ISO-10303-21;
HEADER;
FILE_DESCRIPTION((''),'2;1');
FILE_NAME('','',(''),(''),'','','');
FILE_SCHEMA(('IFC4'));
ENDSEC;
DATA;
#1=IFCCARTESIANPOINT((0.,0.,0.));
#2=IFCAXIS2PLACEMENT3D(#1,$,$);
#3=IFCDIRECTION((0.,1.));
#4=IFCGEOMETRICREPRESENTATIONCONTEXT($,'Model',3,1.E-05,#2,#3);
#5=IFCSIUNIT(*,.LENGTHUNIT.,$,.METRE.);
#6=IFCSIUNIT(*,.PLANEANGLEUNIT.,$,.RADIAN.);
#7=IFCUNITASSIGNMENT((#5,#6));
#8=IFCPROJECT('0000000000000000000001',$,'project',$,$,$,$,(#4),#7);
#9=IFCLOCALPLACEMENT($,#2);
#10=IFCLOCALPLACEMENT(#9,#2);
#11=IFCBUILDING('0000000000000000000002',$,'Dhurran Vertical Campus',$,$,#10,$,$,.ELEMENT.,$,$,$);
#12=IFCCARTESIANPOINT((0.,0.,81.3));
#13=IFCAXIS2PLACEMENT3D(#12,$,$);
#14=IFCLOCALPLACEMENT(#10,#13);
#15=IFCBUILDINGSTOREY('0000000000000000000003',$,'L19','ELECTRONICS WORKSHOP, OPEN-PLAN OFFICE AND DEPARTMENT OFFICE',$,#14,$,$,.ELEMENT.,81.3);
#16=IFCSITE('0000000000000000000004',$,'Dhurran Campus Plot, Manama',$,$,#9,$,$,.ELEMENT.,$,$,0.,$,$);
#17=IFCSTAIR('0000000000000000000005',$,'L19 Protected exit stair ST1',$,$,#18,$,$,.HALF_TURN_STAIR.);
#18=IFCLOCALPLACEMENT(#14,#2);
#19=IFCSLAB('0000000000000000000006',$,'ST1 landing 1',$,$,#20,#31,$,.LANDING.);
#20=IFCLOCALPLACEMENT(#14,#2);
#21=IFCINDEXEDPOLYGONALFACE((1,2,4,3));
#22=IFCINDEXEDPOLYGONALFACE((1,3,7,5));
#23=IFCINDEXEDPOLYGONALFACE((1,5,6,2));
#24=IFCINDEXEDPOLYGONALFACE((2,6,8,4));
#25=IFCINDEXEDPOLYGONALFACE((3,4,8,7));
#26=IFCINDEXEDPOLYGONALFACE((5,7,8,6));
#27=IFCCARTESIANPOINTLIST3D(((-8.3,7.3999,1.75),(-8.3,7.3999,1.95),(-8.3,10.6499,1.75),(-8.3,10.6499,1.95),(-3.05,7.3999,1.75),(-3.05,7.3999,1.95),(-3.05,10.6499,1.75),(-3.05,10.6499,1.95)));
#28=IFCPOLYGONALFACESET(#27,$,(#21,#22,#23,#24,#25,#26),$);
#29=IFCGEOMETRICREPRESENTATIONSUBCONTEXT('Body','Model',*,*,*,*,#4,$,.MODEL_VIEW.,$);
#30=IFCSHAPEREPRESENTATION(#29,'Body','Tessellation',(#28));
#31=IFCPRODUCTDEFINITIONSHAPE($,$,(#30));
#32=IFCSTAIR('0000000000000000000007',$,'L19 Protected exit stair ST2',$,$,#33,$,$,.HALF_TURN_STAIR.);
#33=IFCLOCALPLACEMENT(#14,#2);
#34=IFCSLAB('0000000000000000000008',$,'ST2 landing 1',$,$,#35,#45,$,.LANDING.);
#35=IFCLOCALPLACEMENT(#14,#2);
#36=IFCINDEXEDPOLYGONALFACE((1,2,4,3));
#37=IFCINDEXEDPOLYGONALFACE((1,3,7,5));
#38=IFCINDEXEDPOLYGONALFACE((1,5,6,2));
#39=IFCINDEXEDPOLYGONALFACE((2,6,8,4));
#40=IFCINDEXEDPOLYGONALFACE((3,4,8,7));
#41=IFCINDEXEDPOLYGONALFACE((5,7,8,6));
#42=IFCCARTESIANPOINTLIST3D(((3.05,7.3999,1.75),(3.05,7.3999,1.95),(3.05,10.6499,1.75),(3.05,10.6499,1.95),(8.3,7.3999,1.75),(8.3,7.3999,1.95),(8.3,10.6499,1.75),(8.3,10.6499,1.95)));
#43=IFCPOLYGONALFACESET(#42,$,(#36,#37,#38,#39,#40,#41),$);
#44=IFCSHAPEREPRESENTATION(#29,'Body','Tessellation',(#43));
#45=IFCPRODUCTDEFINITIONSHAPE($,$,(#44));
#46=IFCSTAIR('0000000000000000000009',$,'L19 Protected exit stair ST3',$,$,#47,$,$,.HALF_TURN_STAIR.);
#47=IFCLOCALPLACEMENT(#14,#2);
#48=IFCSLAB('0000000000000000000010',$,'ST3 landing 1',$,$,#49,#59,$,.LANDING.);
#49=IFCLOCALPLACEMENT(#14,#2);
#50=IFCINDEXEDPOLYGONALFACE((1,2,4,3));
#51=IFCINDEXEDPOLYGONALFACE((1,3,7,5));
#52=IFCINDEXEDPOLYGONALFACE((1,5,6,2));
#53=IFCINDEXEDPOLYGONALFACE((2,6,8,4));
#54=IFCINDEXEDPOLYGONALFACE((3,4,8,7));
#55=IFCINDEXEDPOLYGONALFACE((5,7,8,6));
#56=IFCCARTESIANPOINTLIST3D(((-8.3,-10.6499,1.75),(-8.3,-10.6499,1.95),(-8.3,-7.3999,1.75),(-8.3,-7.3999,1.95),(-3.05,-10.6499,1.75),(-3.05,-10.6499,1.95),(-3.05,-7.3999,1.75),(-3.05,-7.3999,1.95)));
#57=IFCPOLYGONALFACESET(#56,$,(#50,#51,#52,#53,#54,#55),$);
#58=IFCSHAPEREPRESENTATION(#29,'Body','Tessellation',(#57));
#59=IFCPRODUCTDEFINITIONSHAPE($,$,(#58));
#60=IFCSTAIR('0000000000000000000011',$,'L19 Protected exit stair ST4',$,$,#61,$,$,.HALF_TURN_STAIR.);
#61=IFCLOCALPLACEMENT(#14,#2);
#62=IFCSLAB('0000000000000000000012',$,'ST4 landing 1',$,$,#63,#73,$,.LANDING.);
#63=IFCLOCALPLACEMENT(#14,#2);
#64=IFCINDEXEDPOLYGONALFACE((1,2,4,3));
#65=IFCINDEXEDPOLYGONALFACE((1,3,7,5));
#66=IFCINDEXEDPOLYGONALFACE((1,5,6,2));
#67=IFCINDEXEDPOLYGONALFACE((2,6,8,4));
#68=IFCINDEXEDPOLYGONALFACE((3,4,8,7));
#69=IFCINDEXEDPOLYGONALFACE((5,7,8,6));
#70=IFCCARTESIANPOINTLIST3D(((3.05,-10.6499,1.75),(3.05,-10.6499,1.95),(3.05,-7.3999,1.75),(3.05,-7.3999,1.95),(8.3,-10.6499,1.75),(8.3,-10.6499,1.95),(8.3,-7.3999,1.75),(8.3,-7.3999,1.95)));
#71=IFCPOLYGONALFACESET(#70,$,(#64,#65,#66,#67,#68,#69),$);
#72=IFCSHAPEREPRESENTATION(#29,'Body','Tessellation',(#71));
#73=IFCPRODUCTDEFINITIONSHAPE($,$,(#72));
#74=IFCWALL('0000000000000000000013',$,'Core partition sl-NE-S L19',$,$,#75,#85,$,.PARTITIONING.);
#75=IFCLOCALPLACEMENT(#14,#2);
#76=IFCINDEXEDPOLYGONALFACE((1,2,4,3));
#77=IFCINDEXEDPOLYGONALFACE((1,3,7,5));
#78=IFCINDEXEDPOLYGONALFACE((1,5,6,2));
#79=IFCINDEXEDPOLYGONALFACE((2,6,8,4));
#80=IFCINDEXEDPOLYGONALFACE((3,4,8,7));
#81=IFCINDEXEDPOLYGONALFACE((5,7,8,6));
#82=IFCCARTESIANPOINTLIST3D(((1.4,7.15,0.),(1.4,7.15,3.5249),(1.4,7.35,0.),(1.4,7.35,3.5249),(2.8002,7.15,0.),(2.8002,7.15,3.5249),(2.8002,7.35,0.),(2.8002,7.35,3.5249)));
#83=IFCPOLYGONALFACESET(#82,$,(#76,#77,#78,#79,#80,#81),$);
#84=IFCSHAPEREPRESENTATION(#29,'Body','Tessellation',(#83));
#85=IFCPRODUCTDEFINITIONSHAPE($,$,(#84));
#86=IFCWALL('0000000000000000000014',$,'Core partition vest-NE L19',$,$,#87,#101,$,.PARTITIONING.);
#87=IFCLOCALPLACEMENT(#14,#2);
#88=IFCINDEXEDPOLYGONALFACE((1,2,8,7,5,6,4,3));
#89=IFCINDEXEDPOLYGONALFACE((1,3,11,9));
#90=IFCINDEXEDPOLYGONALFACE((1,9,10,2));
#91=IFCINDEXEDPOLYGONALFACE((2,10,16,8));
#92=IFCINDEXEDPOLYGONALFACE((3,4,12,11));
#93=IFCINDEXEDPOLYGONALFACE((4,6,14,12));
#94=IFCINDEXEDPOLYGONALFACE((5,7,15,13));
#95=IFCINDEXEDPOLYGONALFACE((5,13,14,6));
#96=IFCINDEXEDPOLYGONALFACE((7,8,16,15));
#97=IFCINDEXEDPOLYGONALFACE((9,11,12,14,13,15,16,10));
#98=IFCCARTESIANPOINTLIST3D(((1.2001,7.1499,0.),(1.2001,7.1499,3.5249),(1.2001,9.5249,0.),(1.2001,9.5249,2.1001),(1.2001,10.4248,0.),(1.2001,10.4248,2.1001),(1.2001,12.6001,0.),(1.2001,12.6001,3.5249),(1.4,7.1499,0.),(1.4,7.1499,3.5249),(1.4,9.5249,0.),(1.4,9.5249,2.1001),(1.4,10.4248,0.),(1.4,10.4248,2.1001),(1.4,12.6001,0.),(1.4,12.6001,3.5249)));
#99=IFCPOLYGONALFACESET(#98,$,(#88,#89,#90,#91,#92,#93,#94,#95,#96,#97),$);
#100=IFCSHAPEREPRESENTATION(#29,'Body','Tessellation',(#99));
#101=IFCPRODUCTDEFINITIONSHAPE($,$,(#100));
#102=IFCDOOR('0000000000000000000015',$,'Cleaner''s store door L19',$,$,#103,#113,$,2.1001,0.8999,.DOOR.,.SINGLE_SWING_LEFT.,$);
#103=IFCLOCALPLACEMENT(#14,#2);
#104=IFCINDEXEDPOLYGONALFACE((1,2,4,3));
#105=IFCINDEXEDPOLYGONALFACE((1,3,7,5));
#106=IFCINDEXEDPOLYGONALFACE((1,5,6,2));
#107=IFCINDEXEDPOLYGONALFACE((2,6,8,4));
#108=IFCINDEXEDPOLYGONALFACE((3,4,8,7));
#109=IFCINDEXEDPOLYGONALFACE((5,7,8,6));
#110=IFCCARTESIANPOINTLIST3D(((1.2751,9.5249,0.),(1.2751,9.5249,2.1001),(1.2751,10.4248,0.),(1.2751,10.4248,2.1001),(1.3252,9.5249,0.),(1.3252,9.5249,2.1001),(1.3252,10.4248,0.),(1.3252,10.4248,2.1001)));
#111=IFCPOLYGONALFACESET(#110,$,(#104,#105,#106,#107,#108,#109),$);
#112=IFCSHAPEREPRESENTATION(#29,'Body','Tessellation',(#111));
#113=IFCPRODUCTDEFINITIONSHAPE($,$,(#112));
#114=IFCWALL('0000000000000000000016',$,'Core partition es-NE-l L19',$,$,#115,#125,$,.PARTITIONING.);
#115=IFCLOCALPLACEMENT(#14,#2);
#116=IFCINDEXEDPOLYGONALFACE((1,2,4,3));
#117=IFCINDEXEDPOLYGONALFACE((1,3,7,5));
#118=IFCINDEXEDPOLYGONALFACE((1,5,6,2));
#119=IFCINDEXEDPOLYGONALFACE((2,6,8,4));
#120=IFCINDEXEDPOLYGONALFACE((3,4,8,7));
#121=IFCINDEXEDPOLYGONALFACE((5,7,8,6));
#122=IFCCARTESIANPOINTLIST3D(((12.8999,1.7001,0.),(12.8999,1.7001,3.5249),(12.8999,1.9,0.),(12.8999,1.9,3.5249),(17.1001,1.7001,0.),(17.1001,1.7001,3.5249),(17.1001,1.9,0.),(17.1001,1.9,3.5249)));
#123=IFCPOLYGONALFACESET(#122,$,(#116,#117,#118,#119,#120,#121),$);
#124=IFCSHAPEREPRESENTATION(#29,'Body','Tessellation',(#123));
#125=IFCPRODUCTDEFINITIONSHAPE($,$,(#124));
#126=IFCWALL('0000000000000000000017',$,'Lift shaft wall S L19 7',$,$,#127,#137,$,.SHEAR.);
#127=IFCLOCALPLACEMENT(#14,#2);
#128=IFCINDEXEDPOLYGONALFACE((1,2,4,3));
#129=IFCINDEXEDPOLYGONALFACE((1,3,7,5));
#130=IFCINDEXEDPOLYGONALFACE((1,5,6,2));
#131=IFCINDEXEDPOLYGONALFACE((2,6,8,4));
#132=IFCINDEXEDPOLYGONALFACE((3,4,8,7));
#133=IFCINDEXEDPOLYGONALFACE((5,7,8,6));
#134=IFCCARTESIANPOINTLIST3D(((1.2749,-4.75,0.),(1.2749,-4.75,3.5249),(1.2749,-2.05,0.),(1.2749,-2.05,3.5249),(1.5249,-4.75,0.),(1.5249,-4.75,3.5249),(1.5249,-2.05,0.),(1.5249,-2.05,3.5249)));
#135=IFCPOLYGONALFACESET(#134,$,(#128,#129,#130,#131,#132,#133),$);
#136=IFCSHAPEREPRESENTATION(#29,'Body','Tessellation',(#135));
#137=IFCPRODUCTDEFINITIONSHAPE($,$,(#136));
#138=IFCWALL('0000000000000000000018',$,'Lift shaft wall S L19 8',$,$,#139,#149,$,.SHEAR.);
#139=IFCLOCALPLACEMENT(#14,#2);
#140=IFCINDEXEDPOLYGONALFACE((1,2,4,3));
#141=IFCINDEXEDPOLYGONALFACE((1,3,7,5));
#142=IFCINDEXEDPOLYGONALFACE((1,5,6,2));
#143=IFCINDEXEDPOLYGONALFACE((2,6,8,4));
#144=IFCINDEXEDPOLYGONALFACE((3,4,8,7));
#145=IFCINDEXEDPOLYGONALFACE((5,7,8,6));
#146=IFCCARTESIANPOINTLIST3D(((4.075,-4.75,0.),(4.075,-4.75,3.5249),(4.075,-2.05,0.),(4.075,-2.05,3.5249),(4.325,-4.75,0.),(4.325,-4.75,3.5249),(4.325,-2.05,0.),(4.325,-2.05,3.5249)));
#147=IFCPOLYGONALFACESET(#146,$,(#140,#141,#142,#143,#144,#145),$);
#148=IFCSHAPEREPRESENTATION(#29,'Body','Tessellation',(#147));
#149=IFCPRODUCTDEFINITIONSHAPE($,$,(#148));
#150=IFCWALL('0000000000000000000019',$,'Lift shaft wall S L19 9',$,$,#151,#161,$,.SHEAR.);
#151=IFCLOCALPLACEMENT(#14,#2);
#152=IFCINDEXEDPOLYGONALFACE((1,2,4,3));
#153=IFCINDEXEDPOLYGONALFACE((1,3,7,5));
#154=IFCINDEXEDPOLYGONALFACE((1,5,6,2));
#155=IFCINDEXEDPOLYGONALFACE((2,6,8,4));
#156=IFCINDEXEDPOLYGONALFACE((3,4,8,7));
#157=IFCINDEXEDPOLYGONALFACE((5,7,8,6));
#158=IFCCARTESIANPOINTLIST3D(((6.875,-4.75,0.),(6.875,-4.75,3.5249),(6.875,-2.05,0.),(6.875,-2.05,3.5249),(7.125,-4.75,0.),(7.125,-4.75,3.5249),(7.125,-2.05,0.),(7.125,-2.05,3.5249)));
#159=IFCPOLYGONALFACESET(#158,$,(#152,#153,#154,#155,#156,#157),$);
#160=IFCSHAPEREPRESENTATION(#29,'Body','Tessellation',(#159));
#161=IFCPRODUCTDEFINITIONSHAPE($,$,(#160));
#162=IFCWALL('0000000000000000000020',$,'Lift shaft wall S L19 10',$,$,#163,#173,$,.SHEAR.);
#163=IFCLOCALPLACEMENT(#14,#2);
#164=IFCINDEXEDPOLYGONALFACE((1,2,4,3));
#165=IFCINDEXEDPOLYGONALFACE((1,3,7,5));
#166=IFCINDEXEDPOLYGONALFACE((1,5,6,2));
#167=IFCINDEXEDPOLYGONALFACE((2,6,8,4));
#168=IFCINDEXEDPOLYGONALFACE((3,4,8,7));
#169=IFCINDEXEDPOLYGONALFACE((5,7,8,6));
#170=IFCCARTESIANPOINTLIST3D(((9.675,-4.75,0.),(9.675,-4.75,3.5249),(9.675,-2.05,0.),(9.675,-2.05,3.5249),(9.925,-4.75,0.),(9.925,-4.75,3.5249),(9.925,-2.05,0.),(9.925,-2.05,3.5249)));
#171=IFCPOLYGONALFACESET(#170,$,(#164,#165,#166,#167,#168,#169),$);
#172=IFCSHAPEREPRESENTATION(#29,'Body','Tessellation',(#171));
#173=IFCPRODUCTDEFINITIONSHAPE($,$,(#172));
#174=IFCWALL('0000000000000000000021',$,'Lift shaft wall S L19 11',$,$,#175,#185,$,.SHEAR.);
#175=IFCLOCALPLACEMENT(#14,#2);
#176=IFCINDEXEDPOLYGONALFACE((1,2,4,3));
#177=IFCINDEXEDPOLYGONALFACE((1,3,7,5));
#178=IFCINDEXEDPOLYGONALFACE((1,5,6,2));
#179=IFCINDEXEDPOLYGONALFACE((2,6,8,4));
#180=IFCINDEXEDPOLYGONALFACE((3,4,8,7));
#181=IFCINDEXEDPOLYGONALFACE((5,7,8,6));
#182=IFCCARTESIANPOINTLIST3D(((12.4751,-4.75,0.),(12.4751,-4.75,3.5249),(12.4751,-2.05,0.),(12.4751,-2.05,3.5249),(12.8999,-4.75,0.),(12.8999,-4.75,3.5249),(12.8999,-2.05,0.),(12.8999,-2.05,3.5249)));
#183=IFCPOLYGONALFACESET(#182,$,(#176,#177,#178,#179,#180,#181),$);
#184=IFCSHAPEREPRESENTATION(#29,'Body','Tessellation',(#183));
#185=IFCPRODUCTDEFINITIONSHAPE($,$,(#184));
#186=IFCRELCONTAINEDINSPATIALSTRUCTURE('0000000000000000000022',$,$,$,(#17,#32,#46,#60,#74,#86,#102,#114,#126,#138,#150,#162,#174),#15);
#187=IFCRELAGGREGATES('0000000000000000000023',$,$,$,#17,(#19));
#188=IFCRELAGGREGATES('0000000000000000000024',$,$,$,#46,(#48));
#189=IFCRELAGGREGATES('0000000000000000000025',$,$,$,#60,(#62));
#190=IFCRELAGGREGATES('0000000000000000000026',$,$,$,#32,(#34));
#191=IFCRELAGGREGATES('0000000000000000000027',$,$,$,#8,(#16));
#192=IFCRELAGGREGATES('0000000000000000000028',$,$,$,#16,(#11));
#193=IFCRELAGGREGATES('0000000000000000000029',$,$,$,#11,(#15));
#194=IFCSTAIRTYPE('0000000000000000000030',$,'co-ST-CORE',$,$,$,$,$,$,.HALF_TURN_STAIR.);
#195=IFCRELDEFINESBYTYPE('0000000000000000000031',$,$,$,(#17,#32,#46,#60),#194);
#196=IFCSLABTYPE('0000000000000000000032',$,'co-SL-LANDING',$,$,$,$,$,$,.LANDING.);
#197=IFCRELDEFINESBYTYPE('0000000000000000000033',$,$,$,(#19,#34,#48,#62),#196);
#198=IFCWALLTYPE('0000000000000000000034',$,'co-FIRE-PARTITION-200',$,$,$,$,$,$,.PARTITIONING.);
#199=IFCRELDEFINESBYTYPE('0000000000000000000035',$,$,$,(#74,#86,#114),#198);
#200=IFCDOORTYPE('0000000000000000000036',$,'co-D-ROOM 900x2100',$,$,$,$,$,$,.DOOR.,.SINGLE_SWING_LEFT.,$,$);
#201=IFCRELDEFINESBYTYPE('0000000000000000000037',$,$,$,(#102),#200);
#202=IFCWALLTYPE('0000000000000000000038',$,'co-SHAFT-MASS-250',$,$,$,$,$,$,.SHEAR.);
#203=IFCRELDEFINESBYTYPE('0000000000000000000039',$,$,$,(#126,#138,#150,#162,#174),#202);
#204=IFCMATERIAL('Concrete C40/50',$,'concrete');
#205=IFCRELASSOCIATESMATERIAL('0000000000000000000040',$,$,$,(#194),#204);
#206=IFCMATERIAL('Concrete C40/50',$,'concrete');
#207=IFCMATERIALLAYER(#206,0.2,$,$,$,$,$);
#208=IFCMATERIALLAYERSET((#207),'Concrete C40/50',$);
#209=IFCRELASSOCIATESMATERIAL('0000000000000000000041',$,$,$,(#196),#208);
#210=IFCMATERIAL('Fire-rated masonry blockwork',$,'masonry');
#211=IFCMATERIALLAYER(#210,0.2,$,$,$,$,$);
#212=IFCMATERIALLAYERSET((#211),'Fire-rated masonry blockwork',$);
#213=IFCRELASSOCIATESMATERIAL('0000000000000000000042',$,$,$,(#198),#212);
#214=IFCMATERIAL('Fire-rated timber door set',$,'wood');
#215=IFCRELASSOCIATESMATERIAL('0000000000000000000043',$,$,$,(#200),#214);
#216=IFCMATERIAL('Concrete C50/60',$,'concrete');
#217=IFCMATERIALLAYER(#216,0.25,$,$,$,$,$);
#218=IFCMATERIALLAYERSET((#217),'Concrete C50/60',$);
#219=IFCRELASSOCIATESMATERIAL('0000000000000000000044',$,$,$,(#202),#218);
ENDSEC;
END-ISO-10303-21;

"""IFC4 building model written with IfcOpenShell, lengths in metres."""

from ifc_helpers import new_model, si_unit, direction, frame, frame_2d, origin, place, context, subcontext, project, spatial, polyline, rectangle, outline, extrude, material, layer, layer_set, type_object, element, fill, aggregate, save


model = new_model("IFC4")

# Units and contexts
model_context = context("Model", 3, precision=1e-05, world=origin(), true_north=direction((0.0, 1.0)))
body_context = subcontext(model_context, "Body", "Model", "MODEL_VIEW")
ifc_project = project(units=[si_unit("LENGTHUNIT", "METRE"), si_unit("PLANEANGLEUNIT", "RADIAN")], contexts=[model_context])

# Site, building, storey
site_placement = place(None, origin())
site = spatial("IfcSite", under=ifc_project, at=site_placement, Name="Dhurran Campus Plot, Manama", CompositionType="ELEMENT", RefElevation=0.0)
building_placement = place(site_placement, origin())
building = spatial("IfcBuilding", under=site, at=building_placement, Name="Dhurran Vertical Campus", CompositionType="ELEMENT")
storey_placement = place(building_placement, frame((0.0, 0.0, 81.3)))
storey = spatial("IfcBuildingStorey", under=building, at=storey_placement, Name="L19", Description="ELECTRONICS WORKSHOP, OPEN-PLAN OFFICE AND DEPARTMENT OFFICE", CompositionType="ELEMENT", Elevation=81.3)

# Stairs, slabs
ifc_material_1 = material(Name="Concrete C40/50", Category="concrete")
stair_type = type_object("IfcStairType", Name="co-ST-CORE", PredefinedType="HALF_TURN_STAIR", material=ifc_material_1)
stair_1_placement = place(storey_placement, origin())
stair_1 = element("IfcStair", 1, at=stair_1_placement, inside=storey, type_object=stair_type, Name="L19 Protected exit stair ST1", PredefinedType="HALF_TURN_STAIR")
ifc_material_2 = material(Name="Concrete C40/50", Category="concrete")
ifc_layer_1 = layer(ifc_material_2, 0.2)
ifc_layer_set_1 = layer_set([ifc_layer_1], Name="Concrete C40/50")
slab_type = type_object("IfcSlabType", Name="co-SL-LANDING", PredefinedType="LANDING", material=ifc_layer_set_1)
slab_1_placement = place(storey_placement, frame((0.0, 0.0, 1.75)))
slab_1 = element("IfcSlab", 2, at=slab_1_placement, type_object=slab_type, Name="ST1 landing 1", PredefinedType="LANDING", context=body_context, shape_type="SweptSolid", body=[
    extrude(outline(polyline([(-8.3, 7.3999), (-3.05, 7.3999), (-3.05, 10.6499), (-8.3, 10.6499), (-8.3, 7.3999)])), origin(), (0.0, 0.0, 1.0), 0.2),
])
aggregate(stair_1, [slab_1])
stair_2_placement = place(storey_placement, origin())
stair_2 = element("IfcStair", 3, at=stair_2_placement, inside=storey, type_object=stair_type, Name="L19 Protected exit stair ST2", PredefinedType="HALF_TURN_STAIR")
slab_2_placement = place(storey_placement, frame((0.0, 0.0, 1.75)))
slab_2 = element("IfcSlab", 4, at=slab_2_placement, type_object=slab_type, Name="ST2 landing 1", PredefinedType="LANDING", context=body_context, shape_type="SweptSolid", body=[
    extrude(outline(polyline([(8.3, 10.6499), (3.05, 10.6499), (3.05, 7.3999), (8.3, 7.3999), (8.3, 10.6499)])), origin(), (0.0, 0.0, 1.0), 0.2),
])
stair_3_placement = place(storey_placement, origin())
stair_3 = element("IfcStair", 5, at=stair_3_placement, inside=storey, type_object=stair_type, Name="L19 Protected exit stair ST3", PredefinedType="HALF_TURN_STAIR")
slab_3_placement = place(storey_placement, frame((0.0, 0.0, 1.75)))
slab_3 = element("IfcSlab", 6, at=slab_3_placement, type_object=slab_type, Name="ST3 landing 1", PredefinedType="LANDING", context=body_context, shape_type="SweptSolid", body=[
    extrude(outline(polyline([(-8.3, -10.6499), (-3.05, -10.6499), (-3.05, -7.3999), (-8.3, -7.3999), (-8.3, -10.6499)])), origin(), (0.0, 0.0, 1.0), 0.2),
])
aggregate(stair_3, [slab_3])
stair_4_placement = place(storey_placement, origin())
stair_4 = element("IfcStair", 7, at=stair_4_placement, inside=storey, type_object=stair_type, Name="L19 Protected exit stair ST4", PredefinedType="HALF_TURN_STAIR")
slab_4_placement = place(storey_placement, frame((0.0, 0.0, 1.75)))
slab_4 = element("IfcSlab", 8, at=slab_4_placement, type_object=slab_type, Name="ST4 landing 1", PredefinedType="LANDING", context=body_context, shape_type="SweptSolid", body=[
    extrude(outline(polyline([(8.3, -7.3999), (3.05, -7.3999), (3.05, -10.6499), (8.3, -10.6499), (8.3, -7.3999)])), origin(), (0.0, 0.0, 1.0), 0.2),
])
aggregate(stair_4, [slab_4])

# Wall
ifc_material_3 = material(Name="Fire-rated masonry blockwork", Category="masonry")
ifc_layer_2 = layer(ifc_material_3, 0.2)
ifc_layer_set_2 = layer_set([ifc_layer_2], Name="Fire-rated masonry blockwork")
wall_type_1 = type_object("IfcWallType", Name="co-FIRE-PARTITION-200", PredefinedType="PARTITIONING", material=ifc_layer_set_2)
wall_1_placement = place(storey_placement, frame((1.3999, 7.25, 0.0), z_axis=(0.0, 0.0, 1.0), x_axis=(1.0, 0.0, 0.0)))
element("IfcWall", 9, at=wall_1_placement, inside=storey, type_object=wall_type_1, Name="Core partition sl-NE-S L19", PredefinedType="PARTITIONING", context=body_context, shape_type="SweptSolid", body=[
    extrude(rectangle(XDim=1.4001, YDim=0.2, at=frame_2d((0.7002, 0.0))), origin(), (0.0, 0.0, 1.0), 3.5249),
])

# Wall, opening, door
wall_2_placement = place(storey_placement, frame((1.3, 7.1499, 0.0), z_axis=(0.0, 0.0, 1.0), x_axis=(0.0, 1.0, 0.0)))
wall_2 = element("IfcWall", 10, at=wall_2_placement, inside=storey, type_object=wall_type_1, Name="Core partition vest-NE L19", PredefinedType="PARTITIONING", context=body_context, shape_type="SweptSolid", body=[
    extrude(rectangle(XDim=5.4502, YDim=0.2, at=frame_2d((2.7251, 0.0))), origin(), (0.0, 0.0, 1.0), 3.5249),
])
opening_1_placement = place(wall_2_placement, frame((2.375, 0.0, 0.0)))
opening_1 = element("IfcOpeningElement", 11, at=opening_1_placement, cuts=wall_2, PredefinedType="OPENING", context=body_context, shape_type="SweptSolid", body=[
    extrude(rectangle(XDim=0.8999, YDim=2.1001, at=frame_2d((0.45, 1.05))), frame((0.0, 0.1099, 0.0), z_axis=(0.0, -1.0, 0.0), x_axis=(1.0, 0.0, 0.0)), (0.0, 0.0, 1.0), 0.22),
])
ifc_material_4 = material(Name="Fire-rated timber door set", Category="wood")
door_type_1 = type_object("IfcDoorType", Name="co-D-ROOM 900x2100", OperationType="SINGLE_SWING_LEFT", PredefinedType="DOOR", material=ifc_material_4)
door_1_placement = place(opening_1_placement, origin())
door_1 = element("IfcDoor", 12, at=door_1_placement, inside=storey, type_object=door_type_1, Name="Cleaner's store door L19", OperationType="SINGLE_SWING_LEFT", OverallHeight=2.1001, OverallWidth=0.8999, PredefinedType="DOOR", context=body_context, shape_type="SweptSolid", body=[
    extrude(rectangle(XDim=0.8999, YDim=2.1001, at=frame_2d((0.45, 1.05))), frame((0.0, 0.0249, 0.0), z_axis=(0.0, -1.0, 0.0), x_axis=(1.0, 0.0, 0.0)), (0.0, 0.0, 1.0), 0.05),
])
fill(opening_1, door_1)

# Walls
wall_3_placement = place(storey_placement, frame((12.8999, 1.8, 0.0), z_axis=(0.0, 0.0, 1.0), x_axis=(1.0, 0.0, 0.0)))
element("IfcWall", 13, at=wall_3_placement, inside=storey, type_object=wall_type_1, Name="Core partition es-NE-l L19", PredefinedType="PARTITIONING", context=body_context, shape_type="SweptSolid", body=[
    extrude(rectangle(XDim=4.2002, YDim=0.2, at=frame_2d((2.1001, 0.0))), origin(), (0.0, 0.0, 1.0), 3.5249),
])
ifc_material_5 = material(Name="Concrete C50/60", Category="concrete")
ifc_layer_3 = layer(ifc_material_5, 0.25)
ifc_layer_set_3 = layer_set([ifc_layer_3], Name="Concrete C50/60")
wall_type_2 = type_object("IfcWallType", Name="co-SHAFT-MASS-250", PredefinedType="SHEAR", material=ifc_layer_set_3)
wall_4_placement = place(storey_placement, origin())
element("IfcWall", 14, at=wall_4_placement, inside=storey, type_object=wall_type_2, Name="Lift shaft wall S L19 7", PredefinedType="SHEAR", context=body_context, shape_type="SweptSolid", body=[
    extrude(outline(polyline([(1.2749, -4.75), (1.5249, -4.75), (1.5249, -2.05), (1.2749, -2.05), (1.2749, -4.75)])), origin(), (0.0, 0.0, 1.0), 3.5249),
])
wall_5_placement = place(storey_placement, origin())
element("IfcWall", 15, at=wall_5_placement, inside=storey, type_object=wall_type_2, Name="Lift shaft wall S L19 8", PredefinedType="SHEAR", context=body_context, shape_type="SweptSolid", body=[
    extrude(outline(polyline([(4.075, -4.75), (4.325, -4.75), (4.325, -2.05), (4.075, -2.05), (4.075, -4.75)])), origin(), (0.0, 0.0, 1.0), 3.5249),
])
wall_6_placement = place(storey_placement, origin())
element("IfcWall", 16, at=wall_6_placement, inside=storey, type_object=wall_type_2, Name="Lift shaft wall S L19 9", PredefinedType="SHEAR", context=body_context, shape_type="SweptSolid", body=[
    extrude(outline(polyline([(6.875, -4.75), (7.125, -4.75), (7.125, -2.05), (6.875, -2.05), (6.875, -4.75)])), origin(), (0.0, 0.0, 1.0), 3.5249),
])
wall_7_placement = place(storey_placement, origin())
element("IfcWall", 17, at=wall_7_placement, inside=storey, type_object=wall_type_2, Name="Lift shaft wall S L19 10", PredefinedType="SHEAR", context=body_context, shape_type="SweptSolid", body=[
    extrude(outline(polyline([(9.675, -4.75), (9.925, -4.75), (9.925, -2.05), (9.675, -2.05), (9.675, -4.75)])), origin(), (0.0, 0.0, 1.0), 3.5249),
])
wall_8_placement = place(storey_placement, origin())
element("IfcWall", 18, at=wall_8_placement, inside=storey, type_object=wall_type_2, Name="Lift shaft wall S L19 11", PredefinedType="SHEAR", context=body_context, shape_type="SweptSolid", body=[
    extrude(outline(polyline([(12.4751, -4.75), (12.8999, -4.75), (12.8999, -2.05), (12.4751, -2.05), (12.4751, -4.75)])), origin(), (0.0, 0.0, 1.0), 3.5249),
])

aggregate(stair_2, [slab_2])

save(model, "model.ifc")
